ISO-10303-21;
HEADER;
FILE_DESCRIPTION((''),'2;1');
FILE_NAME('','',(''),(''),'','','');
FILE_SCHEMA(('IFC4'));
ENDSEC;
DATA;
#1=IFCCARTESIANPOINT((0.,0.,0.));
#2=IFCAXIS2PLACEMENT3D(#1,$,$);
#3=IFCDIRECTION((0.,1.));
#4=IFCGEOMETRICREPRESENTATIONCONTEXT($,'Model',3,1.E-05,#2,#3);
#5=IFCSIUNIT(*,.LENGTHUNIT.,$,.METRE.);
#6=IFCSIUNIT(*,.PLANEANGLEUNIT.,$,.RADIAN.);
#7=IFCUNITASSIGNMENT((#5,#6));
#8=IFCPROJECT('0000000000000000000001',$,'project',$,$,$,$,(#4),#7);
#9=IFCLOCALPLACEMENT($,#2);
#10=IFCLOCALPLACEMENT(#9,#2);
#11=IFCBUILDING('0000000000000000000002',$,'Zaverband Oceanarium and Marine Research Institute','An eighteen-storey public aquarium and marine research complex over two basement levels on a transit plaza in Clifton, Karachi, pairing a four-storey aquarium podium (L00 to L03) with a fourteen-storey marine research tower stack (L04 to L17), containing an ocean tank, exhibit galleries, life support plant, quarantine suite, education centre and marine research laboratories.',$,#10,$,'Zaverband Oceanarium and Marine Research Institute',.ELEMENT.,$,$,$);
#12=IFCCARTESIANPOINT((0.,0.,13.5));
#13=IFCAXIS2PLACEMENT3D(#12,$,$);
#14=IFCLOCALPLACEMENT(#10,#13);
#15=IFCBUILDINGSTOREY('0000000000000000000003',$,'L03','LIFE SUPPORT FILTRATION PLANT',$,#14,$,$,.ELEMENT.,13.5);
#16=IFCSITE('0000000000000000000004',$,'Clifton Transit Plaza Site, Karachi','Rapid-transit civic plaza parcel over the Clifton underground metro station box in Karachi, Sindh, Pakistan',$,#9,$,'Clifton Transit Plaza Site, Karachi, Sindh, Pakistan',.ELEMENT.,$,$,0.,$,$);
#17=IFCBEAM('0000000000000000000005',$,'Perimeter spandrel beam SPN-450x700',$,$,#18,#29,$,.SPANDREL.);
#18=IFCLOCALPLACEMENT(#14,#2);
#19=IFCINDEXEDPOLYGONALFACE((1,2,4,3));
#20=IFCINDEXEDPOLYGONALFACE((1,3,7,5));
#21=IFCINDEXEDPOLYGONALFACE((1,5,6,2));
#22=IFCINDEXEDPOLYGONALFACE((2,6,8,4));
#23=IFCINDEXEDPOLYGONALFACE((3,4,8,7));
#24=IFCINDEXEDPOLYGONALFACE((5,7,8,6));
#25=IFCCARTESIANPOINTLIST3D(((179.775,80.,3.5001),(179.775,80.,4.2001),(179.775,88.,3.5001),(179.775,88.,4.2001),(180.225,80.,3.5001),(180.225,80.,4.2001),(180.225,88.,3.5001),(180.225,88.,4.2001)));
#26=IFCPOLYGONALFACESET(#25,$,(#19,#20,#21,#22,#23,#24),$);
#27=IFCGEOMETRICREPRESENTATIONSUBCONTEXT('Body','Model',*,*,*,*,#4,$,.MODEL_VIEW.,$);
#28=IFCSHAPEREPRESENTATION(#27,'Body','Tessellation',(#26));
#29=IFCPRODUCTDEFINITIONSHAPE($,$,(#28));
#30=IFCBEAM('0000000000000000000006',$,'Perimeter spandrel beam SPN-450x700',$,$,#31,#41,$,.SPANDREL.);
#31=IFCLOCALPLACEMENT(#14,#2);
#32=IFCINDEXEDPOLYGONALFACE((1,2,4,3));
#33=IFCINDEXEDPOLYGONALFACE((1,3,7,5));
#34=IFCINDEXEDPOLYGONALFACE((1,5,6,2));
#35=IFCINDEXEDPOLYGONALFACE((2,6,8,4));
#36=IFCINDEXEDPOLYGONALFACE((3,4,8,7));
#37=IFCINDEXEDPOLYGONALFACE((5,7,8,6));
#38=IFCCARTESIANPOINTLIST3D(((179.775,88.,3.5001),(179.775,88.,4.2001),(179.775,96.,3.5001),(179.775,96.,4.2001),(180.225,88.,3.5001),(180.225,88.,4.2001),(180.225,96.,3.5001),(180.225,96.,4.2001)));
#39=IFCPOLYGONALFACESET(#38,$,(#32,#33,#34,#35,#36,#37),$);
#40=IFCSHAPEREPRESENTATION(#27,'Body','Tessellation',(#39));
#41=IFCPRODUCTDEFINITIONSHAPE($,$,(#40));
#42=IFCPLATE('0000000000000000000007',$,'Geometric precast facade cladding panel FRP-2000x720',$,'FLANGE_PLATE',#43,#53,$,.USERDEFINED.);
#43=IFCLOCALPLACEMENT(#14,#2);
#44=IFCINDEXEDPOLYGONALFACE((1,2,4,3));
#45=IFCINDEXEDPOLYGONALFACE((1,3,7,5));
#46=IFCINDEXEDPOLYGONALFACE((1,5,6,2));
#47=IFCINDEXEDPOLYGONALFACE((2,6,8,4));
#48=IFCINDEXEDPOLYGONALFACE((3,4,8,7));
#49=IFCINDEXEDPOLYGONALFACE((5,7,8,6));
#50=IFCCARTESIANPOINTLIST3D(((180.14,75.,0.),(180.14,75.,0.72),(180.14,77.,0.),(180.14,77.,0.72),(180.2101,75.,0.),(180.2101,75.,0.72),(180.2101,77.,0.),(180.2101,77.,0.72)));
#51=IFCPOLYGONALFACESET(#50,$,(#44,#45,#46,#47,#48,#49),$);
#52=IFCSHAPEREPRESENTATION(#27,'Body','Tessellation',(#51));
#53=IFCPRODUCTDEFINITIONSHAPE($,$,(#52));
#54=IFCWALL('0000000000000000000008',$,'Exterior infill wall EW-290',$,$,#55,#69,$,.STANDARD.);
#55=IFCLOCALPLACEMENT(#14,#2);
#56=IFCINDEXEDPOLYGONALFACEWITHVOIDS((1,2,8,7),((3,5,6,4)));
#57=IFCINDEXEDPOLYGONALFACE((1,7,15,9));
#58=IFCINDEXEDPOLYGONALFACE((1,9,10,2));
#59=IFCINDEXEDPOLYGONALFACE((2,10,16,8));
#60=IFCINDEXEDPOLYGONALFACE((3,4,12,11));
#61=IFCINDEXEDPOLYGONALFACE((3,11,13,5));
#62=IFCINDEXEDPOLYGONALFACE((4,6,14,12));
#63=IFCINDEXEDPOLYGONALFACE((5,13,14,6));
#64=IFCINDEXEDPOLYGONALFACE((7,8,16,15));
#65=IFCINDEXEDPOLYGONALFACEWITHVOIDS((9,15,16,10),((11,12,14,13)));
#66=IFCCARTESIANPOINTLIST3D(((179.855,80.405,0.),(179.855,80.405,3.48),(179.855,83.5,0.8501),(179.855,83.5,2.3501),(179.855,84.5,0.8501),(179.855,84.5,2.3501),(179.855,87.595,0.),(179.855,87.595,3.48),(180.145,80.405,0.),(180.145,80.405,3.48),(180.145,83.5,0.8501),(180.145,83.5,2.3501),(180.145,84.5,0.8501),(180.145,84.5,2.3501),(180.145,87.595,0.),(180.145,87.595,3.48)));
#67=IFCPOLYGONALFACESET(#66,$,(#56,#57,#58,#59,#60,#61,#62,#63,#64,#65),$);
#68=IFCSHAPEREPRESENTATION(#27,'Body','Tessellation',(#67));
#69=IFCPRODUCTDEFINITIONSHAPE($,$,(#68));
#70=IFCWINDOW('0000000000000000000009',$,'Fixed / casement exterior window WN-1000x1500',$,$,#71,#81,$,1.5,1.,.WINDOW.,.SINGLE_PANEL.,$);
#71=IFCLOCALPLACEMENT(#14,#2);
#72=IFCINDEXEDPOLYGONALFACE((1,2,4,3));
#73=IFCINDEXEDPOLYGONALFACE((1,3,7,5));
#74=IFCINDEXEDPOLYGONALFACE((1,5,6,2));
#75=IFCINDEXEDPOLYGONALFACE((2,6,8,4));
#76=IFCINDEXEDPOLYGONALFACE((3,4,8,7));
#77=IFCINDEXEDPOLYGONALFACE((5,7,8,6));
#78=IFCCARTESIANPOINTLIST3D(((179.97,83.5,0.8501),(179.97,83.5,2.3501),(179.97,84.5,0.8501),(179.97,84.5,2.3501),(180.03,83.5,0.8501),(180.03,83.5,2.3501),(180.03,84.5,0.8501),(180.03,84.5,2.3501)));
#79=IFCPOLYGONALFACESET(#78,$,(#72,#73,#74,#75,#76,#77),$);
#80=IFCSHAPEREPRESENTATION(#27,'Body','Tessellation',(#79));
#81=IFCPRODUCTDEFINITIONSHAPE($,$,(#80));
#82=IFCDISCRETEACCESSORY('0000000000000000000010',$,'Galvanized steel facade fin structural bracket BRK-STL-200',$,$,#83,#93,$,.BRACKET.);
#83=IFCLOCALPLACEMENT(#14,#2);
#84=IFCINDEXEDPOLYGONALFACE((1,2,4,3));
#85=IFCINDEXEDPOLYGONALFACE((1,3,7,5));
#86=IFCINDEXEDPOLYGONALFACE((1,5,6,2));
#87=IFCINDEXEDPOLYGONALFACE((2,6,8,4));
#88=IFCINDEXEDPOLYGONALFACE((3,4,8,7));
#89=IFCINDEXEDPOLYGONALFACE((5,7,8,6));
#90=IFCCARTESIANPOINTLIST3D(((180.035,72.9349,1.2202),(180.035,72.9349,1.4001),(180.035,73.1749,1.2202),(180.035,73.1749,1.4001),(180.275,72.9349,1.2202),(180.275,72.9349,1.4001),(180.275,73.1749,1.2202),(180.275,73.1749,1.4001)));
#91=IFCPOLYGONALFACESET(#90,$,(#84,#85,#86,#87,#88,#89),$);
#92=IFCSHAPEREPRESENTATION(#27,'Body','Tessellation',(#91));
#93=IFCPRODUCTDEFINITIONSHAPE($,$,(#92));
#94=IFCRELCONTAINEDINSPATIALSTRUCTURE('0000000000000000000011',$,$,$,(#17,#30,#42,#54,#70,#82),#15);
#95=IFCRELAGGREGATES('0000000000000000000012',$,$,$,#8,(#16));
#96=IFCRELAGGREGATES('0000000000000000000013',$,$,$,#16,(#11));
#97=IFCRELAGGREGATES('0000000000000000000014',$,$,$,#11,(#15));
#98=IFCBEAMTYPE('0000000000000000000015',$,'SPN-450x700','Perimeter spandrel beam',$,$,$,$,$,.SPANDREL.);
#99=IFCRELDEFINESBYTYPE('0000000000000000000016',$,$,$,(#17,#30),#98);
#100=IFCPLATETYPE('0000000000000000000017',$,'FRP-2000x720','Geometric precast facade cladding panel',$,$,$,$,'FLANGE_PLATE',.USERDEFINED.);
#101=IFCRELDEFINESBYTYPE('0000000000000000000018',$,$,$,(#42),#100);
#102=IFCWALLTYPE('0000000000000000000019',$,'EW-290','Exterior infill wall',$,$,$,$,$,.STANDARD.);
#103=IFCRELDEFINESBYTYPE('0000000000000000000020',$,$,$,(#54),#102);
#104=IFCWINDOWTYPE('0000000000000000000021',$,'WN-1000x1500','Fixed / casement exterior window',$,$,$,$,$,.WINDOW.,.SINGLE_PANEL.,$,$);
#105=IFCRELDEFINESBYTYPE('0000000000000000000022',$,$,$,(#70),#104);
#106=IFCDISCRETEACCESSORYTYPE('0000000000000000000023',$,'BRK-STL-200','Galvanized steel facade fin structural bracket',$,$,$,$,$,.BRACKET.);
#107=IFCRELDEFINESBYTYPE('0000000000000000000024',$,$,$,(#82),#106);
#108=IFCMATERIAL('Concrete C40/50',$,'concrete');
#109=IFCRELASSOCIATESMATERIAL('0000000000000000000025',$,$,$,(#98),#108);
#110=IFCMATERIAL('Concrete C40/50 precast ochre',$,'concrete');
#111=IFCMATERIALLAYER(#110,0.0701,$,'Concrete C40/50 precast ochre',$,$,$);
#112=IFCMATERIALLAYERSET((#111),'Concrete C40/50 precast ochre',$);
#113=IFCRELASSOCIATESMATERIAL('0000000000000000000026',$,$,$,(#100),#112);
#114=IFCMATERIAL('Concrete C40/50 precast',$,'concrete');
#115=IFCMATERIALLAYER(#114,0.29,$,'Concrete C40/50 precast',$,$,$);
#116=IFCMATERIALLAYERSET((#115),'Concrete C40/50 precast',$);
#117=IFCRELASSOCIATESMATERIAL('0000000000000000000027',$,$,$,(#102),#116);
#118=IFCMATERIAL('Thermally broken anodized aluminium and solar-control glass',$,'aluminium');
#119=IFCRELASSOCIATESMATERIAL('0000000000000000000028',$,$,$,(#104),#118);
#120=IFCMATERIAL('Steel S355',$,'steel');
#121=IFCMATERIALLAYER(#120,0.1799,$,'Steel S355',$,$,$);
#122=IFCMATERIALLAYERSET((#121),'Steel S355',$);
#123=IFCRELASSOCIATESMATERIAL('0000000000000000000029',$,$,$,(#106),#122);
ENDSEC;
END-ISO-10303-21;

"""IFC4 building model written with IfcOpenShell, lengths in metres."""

from ifc_helpers import new_model, si_unit, direction, frame, frame_2d, origin, origin_2d, place, context, subcontext, project, spatial, rectangle, extrude, material, layer, layer_set, material_profile, profile_set, type_object, element, fill, save


model = new_model("IFC4")

# Units and contexts
model_context = context("Model", 3, precision=1e-05, world=origin(), true_north=direction((0.0, 1.0)))
body_context = subcontext(model_context, "Body", "Model", "MODEL_VIEW")
ifc_project = project(units=[si_unit("LENGTHUNIT", "METRE"), si_unit("PLANEANGLEUNIT", "RADIAN")], contexts=[model_context])

# Site, building, storey
site_placement = place(None, origin())
site = spatial("IfcSite", under=ifc_project, at=site_placement, Name="Clifton Transit Plaza Site, Karachi", Description="Rapid-transit civic plaza parcel over the Clifton underground metro station box in Karachi, Sindh, Pakistan", LongName="Clifton Transit Plaza Site, Karachi, Sindh, Pakistan", CompositionType="ELEMENT", RefElevation=0.0)
building_placement = place(site_placement, origin())
building = spatial("IfcBuilding", under=site, at=building_placement, Name="Zaverband Oceanarium and Marine Research Institute", Description="An eighteen-storey public aquarium and marine research complex over two basement levels on a transit plaza in Clifton, Karachi, pairing a four-storey aquarium podium (L00 to L03) with a fourteen-storey marine research tower stack (L04 to L17), containing an ocean tank, exhibit galleries, life support plant, quarantine suite, education centre and marine research laboratories.", LongName="Zaverband Oceanarium and Marine Research Institute", CompositionType="ELEMENT")
storey_placement = place(building_placement, frame((0.0, 0.0, 13.5)))
storey = spatial("IfcBuildingStorey", under=building, at=storey_placement, Name="L03", Description="LIFE SUPPORT FILTRATION PLANT", CompositionType="ELEMENT", Elevation=13.5)

# Beams
ifc_material_1 = material(Name="Concrete C40/50", Category="concrete")
ifc_material_profile_1 = material_profile(ifc_material_1, rectangle(XDim=0.45, YDim=0.7, at=origin_2d()), Name="RC450x700")
ifc_profile_set_1 = profile_set([ifc_material_profile_1], Name="Concrete C40/50")
beam_type_1 = type_object("IfcBeamType", Name="SPN-450x700", Description="Perimeter spandrel beam", PredefinedType="SPANDREL", material=ifc_profile_set_1)
for number, where, z_axis, x_axis, name in (
    (1, (180.0, 80.0, 3.8501), (0.0, 1.0, 0.0), (-1.0, 0.0, 0.0), "Perimeter spandrel beam SPN-450x700"),
    (2, (180.0, 88.0, 3.8501), (0.0, 1.0, 0.0), (-1.0, 0.0, 0.0), "Perimeter spandrel beam SPN-450x700"),
):
    element("IfcBeam", number, at=place(storey_placement, frame(where, z_axis=z_axis, x_axis=x_axis)), inside=storey, type_object=beam_type_1, Name=name, PredefinedType="SPANDREL", context=body_context, shape_type="SweptSolid", body=[
        extrude(rectangle(XDim=0.45, YDim=0.7, at=origin_2d()), origin(), (0.0, 0.0, 1.0), 8.0),
    ])

# Plate
ifc_material_2 = material(Name="Concrete C40/50 precast ochre", Category="concrete")
ifc_layer_1 = layer(ifc_material_2, 0.0701, Name="Concrete C40/50 precast ochre")
ifc_layer_set_1 = layer_set([ifc_layer_1], Name="Concrete C40/50 precast ochre")
plate_type = type_object("IfcPlateType", Name="FRP-2000x720", Description="Geometric precast facade cladding panel", ElementType="FLANGE_PLATE", PredefinedType="USERDEFINED", material=ifc_layer_set_1)
plate_placement = place(storey_placement, frame((180.175, 75.0, 0.0), z_axis=(0.0, 0.0, 1.0), x_axis=(0.0, 1.0, 0.0)))
element("IfcPlate", 3, at=plate_placement, inside=storey, type_object=plate_type, Name="Geometric precast facade cladding panel FRP-2000x720", ObjectType="FLANGE_PLATE", PredefinedType="USERDEFINED", context=body_context, shape_type="SweptSolid", body=[
    extrude(rectangle(XDim=2.0, YDim=0.0701, at=frame_2d((1.0, 0.0))), origin(), (0.0, 0.0, 1.0), 0.72),
])

# Wall, opening, window
ifc_material_3 = material(Name="Concrete C40/50 precast", Category="concrete")
ifc_layer_2 = layer(ifc_material_3, 0.29, Name="Concrete C40/50 precast")
ifc_layer_set_2 = layer_set([ifc_layer_2], Name="Concrete C40/50 precast")
wall_type = type_object("IfcWallType", Name="EW-290", Description="Exterior infill wall", PredefinedType="STANDARD", material=ifc_layer_set_2)
wall_placement = place(storey_placement, frame((180.0, 80.405, 0.0), z_axis=(0.0, 0.0, 1.0), x_axis=(0.0, 1.0, 0.0)))
wall = element("IfcWall", 4, at=wall_placement, inside=storey, type_object=wall_type, Name="Exterior infill wall EW-290", PredefinedType="STANDARD", context=body_context, shape_type="SweptSolid", body=[
    extrude(rectangle(XDim=7.1899, YDim=0.29, at=frame_2d((3.595, 0.0))), origin(), (0.0, 0.0, 1.0), 3.48),
])
opening_placement = place(wall_placement, frame((3.095, 0.0, 0.8501)))
opening = element("IfcOpeningElement", 5, at=opening_placement, cuts=wall, PredefinedType="OPENING", context=body_context, shape_type="SweptSolid", body=[
    extrude(rectangle(XDim=1.0, YDim=1.5, at=frame_2d((0.5, 0.75))), frame((0.0, 0.157, 0.0), z_axis=(0.0, -1.0, 0.0), x_axis=(1.0, 0.0, 0.0)), (0.0, 0.0, 1.0), 0.314),
])
ifc_material_4 = material(Name="Thermally broken anodized aluminium and solar-control glass", Category="aluminium")
window_type = type_object("IfcWindowType", Name="WN-1000x1500", Description="Fixed / casement exterior window", PartitioningType="SINGLE_PANEL", PredefinedType="WINDOW", material=ifc_material_4)
window_placement = place(opening_placement, origin())
window = element("IfcWindow", 6, at=window_placement, inside=storey, type_object=window_type, Name="Fixed / casement exterior window WN-1000x1500", OverallHeight=1.5, OverallWidth=1.0, PartitioningType="SINGLE_PANEL", PredefinedType="WINDOW", context=body_context, shape_type="SweptSolid", body=[
    extrude(rectangle(XDim=1.0, YDim=1.5, at=frame_2d((0.5, 0.75))), frame((0.0, 0.03, 0.0), z_axis=(0.0, -1.0, 0.0), x_axis=(1.0, 0.0, 0.0)), (0.0, 0.0, 1.0), 0.0601),
])
fill(opening, window)

# Discrete accessory
ifc_material_5 = material(Name="Steel S355", Category="steel")
ifc_layer_3 = layer(ifc_material_5, 0.1799, Name="Steel S355")
ifc_layer_set_3 = layer_set([ifc_layer_3], Name="Steel S355")
discrete_accessory_type = type_object("IfcDiscreteAccessoryType", Name="BRK-STL-200", Description="Galvanized steel facade fin structural bracket", PredefinedType="BRACKET", material=ifc_layer_set_3)
discrete_accessory_placement = place(storey_placement, frame((180.155, 73.0549, 1.2202), z_axis=(0.0, 0.0, 1.0), x_axis=(1.0, 0.0, 0.0)))
element("IfcDiscreteAccessory", 7, at=discrete_accessory_placement, inside=storey, type_object=discrete_accessory_type, Name="Galvanized steel facade fin structural bracket BRK-STL-200", PredefinedType="BRACKET", context=body_context, shape_type="SweptSolid", body=[
    extrude(rectangle(XDim=0.24, YDim=0.24, at=origin_2d()), origin(), (0.0, 0.0, 1.0), 0.1799),
])

save(model, "model.ifc")
